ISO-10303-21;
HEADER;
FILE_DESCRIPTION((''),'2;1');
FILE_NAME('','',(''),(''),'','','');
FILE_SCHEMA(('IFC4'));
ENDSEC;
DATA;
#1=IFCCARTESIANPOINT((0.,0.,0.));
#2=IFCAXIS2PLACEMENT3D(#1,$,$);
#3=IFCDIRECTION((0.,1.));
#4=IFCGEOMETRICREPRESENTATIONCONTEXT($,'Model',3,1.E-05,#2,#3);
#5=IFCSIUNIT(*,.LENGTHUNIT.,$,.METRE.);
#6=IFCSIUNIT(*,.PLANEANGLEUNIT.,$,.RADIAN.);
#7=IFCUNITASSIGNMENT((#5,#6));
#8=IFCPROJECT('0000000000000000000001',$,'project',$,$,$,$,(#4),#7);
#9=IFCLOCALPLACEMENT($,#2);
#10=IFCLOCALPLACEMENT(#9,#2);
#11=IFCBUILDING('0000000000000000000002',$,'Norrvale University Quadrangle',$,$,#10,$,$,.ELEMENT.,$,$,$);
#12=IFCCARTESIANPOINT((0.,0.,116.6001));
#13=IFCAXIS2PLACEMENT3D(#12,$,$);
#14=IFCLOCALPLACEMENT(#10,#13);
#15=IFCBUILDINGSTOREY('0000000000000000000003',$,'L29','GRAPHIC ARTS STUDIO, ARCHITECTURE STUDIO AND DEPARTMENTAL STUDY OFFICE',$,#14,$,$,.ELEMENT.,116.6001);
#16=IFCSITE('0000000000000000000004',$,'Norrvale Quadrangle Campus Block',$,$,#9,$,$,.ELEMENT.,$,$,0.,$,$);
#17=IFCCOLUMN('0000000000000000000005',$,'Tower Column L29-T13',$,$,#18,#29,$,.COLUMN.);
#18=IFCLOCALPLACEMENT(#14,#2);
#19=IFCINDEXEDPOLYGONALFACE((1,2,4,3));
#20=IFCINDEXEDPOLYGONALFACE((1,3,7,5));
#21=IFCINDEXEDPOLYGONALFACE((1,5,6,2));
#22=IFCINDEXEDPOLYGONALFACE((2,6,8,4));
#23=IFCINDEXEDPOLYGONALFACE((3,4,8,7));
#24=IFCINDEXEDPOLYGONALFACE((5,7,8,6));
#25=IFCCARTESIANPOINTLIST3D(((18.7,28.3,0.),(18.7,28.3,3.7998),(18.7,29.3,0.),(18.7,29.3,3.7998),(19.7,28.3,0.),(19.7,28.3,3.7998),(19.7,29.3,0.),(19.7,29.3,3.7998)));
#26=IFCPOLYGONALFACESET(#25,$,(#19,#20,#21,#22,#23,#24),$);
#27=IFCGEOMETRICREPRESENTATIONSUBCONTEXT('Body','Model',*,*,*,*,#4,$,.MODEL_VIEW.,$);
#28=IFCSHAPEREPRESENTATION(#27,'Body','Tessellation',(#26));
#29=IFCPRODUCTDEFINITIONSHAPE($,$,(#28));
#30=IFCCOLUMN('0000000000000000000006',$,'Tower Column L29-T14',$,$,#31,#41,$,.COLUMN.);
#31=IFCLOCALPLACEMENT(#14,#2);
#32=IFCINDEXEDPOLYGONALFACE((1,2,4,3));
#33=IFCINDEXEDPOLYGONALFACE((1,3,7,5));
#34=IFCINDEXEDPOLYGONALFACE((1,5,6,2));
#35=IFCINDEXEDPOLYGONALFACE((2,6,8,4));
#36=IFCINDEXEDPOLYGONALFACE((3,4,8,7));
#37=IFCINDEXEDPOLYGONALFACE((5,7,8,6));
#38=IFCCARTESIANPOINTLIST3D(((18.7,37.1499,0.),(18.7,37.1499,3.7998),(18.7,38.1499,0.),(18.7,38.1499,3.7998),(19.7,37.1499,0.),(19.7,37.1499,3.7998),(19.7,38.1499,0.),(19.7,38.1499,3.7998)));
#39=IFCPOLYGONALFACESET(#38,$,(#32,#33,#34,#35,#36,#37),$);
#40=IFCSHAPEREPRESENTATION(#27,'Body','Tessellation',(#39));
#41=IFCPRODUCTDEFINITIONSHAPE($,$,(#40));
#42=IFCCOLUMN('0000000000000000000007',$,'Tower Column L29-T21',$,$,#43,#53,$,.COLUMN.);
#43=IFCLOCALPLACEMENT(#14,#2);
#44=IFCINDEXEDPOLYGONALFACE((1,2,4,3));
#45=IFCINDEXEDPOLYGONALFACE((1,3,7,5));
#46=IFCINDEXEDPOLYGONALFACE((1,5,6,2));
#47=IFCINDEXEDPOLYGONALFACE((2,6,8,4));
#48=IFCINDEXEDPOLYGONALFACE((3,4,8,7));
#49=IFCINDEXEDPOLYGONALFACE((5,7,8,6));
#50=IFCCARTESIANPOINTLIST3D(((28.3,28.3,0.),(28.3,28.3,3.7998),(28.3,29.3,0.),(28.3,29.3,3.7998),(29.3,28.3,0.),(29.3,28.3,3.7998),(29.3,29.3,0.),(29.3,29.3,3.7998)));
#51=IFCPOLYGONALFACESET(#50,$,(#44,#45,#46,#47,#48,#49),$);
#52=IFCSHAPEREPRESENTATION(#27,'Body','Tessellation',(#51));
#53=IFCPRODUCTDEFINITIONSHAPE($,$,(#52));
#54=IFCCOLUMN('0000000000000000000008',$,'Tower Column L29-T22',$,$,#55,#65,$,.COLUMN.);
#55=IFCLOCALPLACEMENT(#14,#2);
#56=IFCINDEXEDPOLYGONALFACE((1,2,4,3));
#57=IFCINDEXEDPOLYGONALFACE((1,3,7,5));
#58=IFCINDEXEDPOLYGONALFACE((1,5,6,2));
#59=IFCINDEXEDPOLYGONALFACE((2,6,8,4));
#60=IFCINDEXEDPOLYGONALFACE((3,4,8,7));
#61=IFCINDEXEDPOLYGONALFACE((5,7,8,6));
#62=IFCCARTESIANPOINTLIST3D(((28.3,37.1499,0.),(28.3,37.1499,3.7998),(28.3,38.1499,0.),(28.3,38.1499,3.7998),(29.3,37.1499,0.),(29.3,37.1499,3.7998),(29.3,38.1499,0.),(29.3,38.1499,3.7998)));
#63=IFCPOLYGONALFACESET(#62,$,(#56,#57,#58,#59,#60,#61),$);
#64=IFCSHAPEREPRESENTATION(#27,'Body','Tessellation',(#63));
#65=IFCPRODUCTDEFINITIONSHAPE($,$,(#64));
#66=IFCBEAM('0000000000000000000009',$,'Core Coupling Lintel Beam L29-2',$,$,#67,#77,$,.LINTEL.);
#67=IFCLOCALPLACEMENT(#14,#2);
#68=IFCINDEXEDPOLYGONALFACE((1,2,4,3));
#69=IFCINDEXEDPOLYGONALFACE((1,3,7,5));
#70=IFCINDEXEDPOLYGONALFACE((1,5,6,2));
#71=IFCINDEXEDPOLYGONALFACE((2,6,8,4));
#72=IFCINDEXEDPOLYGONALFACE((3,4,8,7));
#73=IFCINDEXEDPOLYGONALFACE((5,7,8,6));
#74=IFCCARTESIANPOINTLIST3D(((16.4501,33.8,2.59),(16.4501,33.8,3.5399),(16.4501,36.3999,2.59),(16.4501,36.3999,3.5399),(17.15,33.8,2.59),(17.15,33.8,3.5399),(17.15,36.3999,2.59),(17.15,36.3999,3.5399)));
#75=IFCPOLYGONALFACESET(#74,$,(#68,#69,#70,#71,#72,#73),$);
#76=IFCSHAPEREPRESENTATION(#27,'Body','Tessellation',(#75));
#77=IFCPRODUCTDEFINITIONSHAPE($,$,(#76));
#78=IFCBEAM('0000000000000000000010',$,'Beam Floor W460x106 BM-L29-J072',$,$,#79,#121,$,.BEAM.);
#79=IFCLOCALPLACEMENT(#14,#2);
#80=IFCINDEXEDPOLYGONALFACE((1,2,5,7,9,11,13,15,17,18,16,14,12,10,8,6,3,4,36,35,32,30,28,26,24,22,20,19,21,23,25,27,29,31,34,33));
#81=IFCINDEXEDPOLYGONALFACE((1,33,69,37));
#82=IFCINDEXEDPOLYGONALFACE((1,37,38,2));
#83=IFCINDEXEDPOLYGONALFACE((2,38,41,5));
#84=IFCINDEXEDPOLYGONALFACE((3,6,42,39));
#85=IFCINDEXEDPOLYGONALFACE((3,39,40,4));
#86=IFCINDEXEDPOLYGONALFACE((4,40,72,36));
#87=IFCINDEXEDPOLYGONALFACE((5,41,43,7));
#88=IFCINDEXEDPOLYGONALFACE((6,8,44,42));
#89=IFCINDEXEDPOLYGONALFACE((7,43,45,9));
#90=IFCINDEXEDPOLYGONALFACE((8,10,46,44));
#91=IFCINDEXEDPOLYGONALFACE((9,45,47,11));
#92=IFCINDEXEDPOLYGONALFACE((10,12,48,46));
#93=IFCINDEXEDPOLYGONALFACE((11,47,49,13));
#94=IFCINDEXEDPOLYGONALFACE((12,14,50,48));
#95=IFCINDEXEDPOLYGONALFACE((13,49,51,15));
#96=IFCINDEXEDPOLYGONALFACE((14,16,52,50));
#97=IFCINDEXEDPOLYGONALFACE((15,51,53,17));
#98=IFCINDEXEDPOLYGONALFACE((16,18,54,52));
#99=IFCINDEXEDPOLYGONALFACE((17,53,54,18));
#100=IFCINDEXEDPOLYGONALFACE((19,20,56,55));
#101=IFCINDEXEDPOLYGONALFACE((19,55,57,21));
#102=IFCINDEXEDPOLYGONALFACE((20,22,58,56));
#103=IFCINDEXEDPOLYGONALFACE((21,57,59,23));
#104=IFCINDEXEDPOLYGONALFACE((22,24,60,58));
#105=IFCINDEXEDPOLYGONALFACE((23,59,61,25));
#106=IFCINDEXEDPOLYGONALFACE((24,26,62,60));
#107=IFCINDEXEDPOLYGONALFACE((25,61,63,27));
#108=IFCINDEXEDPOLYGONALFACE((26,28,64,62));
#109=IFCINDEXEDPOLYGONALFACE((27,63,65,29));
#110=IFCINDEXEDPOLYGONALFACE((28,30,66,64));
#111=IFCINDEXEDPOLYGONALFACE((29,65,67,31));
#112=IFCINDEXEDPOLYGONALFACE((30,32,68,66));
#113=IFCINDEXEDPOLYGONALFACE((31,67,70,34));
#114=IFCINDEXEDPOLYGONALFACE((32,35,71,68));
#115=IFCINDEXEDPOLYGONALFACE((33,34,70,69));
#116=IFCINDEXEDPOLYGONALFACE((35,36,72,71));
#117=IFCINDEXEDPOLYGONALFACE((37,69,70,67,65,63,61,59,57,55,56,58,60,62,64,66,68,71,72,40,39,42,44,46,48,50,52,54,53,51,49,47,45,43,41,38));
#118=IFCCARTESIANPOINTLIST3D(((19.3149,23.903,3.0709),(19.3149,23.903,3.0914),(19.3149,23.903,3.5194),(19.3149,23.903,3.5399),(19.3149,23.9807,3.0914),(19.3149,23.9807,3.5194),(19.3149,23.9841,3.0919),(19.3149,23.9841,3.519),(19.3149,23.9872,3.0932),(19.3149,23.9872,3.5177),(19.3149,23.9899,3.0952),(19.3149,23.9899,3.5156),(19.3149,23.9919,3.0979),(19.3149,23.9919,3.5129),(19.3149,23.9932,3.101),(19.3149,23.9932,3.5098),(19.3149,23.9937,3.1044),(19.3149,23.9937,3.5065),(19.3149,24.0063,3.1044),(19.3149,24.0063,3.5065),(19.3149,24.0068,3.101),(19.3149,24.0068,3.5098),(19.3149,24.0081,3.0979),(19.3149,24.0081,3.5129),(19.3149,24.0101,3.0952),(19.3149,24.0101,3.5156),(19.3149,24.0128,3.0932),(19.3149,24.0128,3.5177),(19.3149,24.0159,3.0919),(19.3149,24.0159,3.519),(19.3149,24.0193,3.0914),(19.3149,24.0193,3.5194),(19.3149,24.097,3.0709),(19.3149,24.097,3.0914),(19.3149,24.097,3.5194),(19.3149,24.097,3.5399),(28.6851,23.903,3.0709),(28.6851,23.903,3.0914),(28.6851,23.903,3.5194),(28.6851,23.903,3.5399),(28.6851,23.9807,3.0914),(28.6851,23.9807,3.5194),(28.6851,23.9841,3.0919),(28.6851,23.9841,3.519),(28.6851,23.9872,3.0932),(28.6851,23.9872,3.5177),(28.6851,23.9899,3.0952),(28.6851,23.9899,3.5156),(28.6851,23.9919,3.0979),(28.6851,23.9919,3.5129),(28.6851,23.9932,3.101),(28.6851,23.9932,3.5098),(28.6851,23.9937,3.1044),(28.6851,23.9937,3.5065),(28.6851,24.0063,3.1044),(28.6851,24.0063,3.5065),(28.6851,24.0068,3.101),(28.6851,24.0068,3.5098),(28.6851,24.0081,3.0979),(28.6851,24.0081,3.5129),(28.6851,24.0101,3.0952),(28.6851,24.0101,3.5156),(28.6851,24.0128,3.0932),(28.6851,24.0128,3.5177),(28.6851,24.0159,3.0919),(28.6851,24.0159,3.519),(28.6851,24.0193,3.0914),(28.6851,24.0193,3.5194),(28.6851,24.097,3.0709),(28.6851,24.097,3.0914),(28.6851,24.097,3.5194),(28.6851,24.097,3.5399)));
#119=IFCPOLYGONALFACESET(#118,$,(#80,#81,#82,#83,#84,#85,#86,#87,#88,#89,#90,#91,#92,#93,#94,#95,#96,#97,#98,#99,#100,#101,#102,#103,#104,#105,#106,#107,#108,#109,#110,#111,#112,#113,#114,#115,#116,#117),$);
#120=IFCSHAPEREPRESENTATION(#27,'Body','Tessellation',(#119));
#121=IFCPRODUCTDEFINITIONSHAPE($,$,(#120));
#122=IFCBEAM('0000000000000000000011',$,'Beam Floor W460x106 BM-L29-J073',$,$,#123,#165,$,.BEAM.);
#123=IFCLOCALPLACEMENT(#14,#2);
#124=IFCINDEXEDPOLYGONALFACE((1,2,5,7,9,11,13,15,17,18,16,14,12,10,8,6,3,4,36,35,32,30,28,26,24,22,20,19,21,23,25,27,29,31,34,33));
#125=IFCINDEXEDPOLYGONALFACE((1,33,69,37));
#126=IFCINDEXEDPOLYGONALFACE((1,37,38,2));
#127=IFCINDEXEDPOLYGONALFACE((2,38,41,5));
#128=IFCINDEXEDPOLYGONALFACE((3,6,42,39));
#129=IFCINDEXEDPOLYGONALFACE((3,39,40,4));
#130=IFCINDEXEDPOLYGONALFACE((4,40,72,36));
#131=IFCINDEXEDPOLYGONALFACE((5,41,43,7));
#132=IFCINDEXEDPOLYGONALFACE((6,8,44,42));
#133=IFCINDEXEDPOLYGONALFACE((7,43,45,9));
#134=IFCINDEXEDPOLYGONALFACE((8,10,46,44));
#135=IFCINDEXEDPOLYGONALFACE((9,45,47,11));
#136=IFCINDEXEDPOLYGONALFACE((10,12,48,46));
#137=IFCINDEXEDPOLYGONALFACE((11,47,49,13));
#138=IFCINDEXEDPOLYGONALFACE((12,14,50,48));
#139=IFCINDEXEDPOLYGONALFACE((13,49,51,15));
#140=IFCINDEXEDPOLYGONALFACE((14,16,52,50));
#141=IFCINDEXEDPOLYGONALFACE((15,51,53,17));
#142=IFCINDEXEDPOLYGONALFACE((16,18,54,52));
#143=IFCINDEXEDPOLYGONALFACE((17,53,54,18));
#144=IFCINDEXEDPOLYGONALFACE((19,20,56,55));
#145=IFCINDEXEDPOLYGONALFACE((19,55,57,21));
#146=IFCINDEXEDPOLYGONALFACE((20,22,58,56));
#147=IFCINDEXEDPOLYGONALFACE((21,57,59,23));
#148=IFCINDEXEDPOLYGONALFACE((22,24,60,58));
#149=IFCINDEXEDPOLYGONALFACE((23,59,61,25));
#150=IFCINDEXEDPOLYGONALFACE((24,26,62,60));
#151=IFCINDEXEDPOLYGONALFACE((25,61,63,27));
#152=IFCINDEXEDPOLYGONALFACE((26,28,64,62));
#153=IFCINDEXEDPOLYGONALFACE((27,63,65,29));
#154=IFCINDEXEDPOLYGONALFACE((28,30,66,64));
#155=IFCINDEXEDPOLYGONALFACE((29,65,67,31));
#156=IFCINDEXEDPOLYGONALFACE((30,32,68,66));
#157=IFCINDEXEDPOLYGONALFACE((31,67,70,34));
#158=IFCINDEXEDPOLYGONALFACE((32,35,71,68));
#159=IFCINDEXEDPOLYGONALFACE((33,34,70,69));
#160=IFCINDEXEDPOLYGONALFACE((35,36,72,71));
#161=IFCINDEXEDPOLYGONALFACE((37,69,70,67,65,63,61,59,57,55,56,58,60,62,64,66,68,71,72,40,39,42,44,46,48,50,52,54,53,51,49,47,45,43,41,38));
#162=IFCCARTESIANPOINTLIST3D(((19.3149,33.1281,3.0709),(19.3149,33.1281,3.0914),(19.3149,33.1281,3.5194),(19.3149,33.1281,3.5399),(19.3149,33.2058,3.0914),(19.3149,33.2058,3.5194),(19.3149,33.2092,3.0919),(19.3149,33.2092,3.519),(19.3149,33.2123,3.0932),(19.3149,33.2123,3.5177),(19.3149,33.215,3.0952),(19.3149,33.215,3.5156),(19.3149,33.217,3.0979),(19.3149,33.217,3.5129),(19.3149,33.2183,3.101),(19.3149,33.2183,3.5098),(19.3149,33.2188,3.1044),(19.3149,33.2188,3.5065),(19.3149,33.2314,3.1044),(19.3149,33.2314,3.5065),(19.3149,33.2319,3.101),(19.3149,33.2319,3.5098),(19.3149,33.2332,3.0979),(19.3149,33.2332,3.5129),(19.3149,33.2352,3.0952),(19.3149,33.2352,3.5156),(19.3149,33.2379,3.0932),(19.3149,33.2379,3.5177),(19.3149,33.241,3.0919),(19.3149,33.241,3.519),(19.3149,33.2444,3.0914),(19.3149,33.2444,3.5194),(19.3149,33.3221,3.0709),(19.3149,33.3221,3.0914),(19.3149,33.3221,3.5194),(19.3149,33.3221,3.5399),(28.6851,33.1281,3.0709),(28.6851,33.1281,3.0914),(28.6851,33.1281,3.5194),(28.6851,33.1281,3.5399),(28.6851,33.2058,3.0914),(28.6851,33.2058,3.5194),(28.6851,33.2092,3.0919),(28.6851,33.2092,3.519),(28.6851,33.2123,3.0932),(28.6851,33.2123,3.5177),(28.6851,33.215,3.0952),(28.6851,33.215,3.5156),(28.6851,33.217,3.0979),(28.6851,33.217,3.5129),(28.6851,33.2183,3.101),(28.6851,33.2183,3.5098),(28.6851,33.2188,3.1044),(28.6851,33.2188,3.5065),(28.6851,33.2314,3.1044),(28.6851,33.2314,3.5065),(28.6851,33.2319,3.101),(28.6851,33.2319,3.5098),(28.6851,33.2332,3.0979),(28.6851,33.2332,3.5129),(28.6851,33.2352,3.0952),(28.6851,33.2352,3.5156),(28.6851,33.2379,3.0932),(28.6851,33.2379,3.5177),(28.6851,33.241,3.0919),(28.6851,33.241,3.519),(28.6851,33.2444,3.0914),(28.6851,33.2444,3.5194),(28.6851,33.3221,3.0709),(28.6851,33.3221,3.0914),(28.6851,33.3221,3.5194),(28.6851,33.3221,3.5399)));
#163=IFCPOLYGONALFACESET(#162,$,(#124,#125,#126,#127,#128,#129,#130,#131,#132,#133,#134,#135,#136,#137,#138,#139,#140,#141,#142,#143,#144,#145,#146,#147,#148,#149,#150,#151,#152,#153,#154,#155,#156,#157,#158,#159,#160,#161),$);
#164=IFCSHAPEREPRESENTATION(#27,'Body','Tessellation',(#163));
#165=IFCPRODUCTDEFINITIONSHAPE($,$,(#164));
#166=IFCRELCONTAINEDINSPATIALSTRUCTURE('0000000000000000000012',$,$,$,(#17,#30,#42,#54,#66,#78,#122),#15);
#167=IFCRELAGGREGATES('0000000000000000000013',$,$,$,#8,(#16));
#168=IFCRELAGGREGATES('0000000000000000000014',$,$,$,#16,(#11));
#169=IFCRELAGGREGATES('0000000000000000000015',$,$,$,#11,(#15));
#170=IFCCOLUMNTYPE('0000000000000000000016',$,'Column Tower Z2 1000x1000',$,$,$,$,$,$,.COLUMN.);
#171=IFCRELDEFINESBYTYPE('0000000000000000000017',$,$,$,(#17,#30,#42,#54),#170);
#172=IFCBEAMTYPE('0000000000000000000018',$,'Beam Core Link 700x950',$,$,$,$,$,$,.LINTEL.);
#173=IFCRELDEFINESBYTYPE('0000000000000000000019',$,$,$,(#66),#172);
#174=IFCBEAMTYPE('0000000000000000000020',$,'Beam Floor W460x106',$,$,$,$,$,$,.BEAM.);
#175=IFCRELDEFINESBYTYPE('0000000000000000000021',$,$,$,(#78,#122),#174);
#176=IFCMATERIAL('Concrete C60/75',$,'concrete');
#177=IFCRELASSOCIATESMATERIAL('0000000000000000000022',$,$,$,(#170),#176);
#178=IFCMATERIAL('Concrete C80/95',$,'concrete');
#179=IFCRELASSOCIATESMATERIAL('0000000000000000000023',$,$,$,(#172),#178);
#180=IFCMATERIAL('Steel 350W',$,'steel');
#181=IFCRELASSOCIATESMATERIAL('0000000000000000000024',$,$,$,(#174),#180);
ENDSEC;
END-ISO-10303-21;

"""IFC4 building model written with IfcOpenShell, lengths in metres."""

from ifc_helpers import new_model, si_unit, direction, frame, origin, origin_2d, place, context, subcontext, project, spatial, rectangle, i_section, extrude, material, material_profile, profile_set, type_object, element, save


model = new_model("IFC4")

# Units and contexts
model_context = context("Model", 3, precision=1e-05, world=origin(), true_north=direction((0.0, 1.0)))
body_context = subcontext(model_context, "Body", "Model", "MODEL_VIEW")
ifc_project = project(units=[si_unit("LENGTHUNIT", "METRE"), si_unit("PLANEANGLEUNIT", "RADIAN")], contexts=[model_context])

# Site, building, storey
site_placement = place(None, origin())
site = spatial("IfcSite", under=ifc_project, at=site_placement, Name="Norrvale Quadrangle Campus Block", CompositionType="ELEMENT", RefElevation=0.0)
building_placement = place(site_placement, origin())
building = spatial("IfcBuilding", under=site, at=building_placement, Name="Norrvale University Quadrangle", CompositionType="ELEMENT")
storey_placement = place(building_placement, frame((0.0, 0.0, 116.6001)))
storey = spatial("IfcBuildingStorey", under=building, at=storey_placement, Name="L29", Description="GRAPHIC ARTS STUDIO, ARCHITECTURE STUDIO AND DEPARTMENTAL STUDY OFFICE", CompositionType="ELEMENT", Elevation=116.6001)

# Columns
ifc_material_1 = material(Name="Concrete C60/75", Category="concrete")
ifc_material_profile_1 = material_profile(ifc_material_1, rectangle(XDim=1.0, YDim=1.0, at=origin_2d()), Name="Concrete C60/75")
ifc_profile_set_1 = profile_set([ifc_material_profile_1], Name="Concrete C60/75")
column_type = type_object("IfcColumnType", Name="Column Tower Z2 1000x1000", PredefinedType="COLUMN", material=ifc_profile_set_1)
for number, where, z_axis, x_axis, name in (
    (1, (19.2, 28.8, 0.0), (0.0, 0.0, 1.0), (1.0, 0.0, 0.0), "Tower Column L29-T13"),
    (2, (19.2, 37.6499, 0.0), (0.0, 0.0, 1.0), (1.0, 0.0, 0.0), "Tower Column L29-T14"),
    (3, (28.8, 28.8, 0.0), (0.0, 0.0, 1.0), (1.0, 0.0, 0.0), "Tower Column L29-T21"),
    (4, (28.8, 37.6499, 0.0), (0.0, 0.0, 1.0), (1.0, 0.0, 0.0), "Tower Column L29-T22"),
):
    element("IfcColumn", number, at=place(storey_placement, frame(where, z_axis=z_axis, x_axis=x_axis)), inside=storey, type_object=column_type, Name=name, PredefinedType="COLUMN", context=body_context, shape_type="SweptSolid", body=[
        extrude(rectangle(XDim=1.0, YDim=1.0, at=origin_2d()), origin(), (0.0, 0.0, 1.0), 3.7998),
    ])

# Beams
ifc_material_2 = material(Name="Concrete C80/95", Category="concrete")
ifc_material_profile_2 = material_profile(ifc_material_2, rectangle(XDim=0.7, YDim=0.95, at=origin_2d()), Name="Concrete C80/95")
ifc_profile_set_2 = profile_set([ifc_material_profile_2], Name="Concrete C80/95")
beam_type_1 = type_object("IfcBeamType", Name="Beam Core Link 700x950", PredefinedType="LINTEL", material=ifc_profile_set_2)
beam_1_placement = place(storey_placement, frame((16.8, 33.8, 3.0649), z_axis=(0.0, 1.0, 0.0), x_axis=(-1.0, 0.0, 0.0)))
element("IfcBeam", 5, at=beam_1_placement, inside=storey, type_object=beam_type_1, Name="Core Coupling Lintel Beam L29-2", PredefinedType="LINTEL", context=body_context, shape_type="SweptSolid", body=[
    extrude(rectangle(XDim=0.7, YDim=0.95, at=origin_2d()), origin(), (0.0, 0.0, 1.0), 2.5999),
])
ifc_material_3 = material(Name="Steel 350W", Category="steel")
ifc_material_profile_3 = material_profile(ifc_material_3, i_section(OverallWidth=0.1941, OverallDepth=0.469, WebThickness=0.0127, FlangeThickness=0.0205, FilletRadius=0.0129, at=origin_2d()), Name="Steel 350W")
ifc_profile_set_3 = profile_set([ifc_material_profile_3], Name="Steel 350W")
beam_type_2 = type_object("IfcBeamType", Name="Beam Floor W460x106", PredefinedType="BEAM", material=ifc_profile_set_3)
for number, where, z_axis, x_axis, name in (
    (6, (19.3149, 24.0, 3.3054), (1.0, 0.0, 0.0), (0.0, 1.0, 0.0), "Beam Floor W460x106 BM-L29-J072"),
    (7, (19.3149, 33.2251, 3.3054), (1.0, 0.0, 0.0), (0.0, 1.0, 0.0), "Beam Floor W460x106 BM-L29-J073"),
):
    element("IfcBeam", number, at=place(storey_placement, frame(where, z_axis=z_axis, x_axis=x_axis)), inside=storey, type_object=beam_type_2, Name=name, PredefinedType="BEAM", context=body_context, shape_type="SweptSolid", body=[
        extrude(i_section(OverallWidth=0.1941, OverallDepth=0.469, WebThickness=0.0127, FlangeThickness=0.0205, FilletRadius=0.0129, at=origin_2d()), origin(), (0.0, 0.0, 1.0), 9.3701),
    ])

save(model, "model.ifc")
